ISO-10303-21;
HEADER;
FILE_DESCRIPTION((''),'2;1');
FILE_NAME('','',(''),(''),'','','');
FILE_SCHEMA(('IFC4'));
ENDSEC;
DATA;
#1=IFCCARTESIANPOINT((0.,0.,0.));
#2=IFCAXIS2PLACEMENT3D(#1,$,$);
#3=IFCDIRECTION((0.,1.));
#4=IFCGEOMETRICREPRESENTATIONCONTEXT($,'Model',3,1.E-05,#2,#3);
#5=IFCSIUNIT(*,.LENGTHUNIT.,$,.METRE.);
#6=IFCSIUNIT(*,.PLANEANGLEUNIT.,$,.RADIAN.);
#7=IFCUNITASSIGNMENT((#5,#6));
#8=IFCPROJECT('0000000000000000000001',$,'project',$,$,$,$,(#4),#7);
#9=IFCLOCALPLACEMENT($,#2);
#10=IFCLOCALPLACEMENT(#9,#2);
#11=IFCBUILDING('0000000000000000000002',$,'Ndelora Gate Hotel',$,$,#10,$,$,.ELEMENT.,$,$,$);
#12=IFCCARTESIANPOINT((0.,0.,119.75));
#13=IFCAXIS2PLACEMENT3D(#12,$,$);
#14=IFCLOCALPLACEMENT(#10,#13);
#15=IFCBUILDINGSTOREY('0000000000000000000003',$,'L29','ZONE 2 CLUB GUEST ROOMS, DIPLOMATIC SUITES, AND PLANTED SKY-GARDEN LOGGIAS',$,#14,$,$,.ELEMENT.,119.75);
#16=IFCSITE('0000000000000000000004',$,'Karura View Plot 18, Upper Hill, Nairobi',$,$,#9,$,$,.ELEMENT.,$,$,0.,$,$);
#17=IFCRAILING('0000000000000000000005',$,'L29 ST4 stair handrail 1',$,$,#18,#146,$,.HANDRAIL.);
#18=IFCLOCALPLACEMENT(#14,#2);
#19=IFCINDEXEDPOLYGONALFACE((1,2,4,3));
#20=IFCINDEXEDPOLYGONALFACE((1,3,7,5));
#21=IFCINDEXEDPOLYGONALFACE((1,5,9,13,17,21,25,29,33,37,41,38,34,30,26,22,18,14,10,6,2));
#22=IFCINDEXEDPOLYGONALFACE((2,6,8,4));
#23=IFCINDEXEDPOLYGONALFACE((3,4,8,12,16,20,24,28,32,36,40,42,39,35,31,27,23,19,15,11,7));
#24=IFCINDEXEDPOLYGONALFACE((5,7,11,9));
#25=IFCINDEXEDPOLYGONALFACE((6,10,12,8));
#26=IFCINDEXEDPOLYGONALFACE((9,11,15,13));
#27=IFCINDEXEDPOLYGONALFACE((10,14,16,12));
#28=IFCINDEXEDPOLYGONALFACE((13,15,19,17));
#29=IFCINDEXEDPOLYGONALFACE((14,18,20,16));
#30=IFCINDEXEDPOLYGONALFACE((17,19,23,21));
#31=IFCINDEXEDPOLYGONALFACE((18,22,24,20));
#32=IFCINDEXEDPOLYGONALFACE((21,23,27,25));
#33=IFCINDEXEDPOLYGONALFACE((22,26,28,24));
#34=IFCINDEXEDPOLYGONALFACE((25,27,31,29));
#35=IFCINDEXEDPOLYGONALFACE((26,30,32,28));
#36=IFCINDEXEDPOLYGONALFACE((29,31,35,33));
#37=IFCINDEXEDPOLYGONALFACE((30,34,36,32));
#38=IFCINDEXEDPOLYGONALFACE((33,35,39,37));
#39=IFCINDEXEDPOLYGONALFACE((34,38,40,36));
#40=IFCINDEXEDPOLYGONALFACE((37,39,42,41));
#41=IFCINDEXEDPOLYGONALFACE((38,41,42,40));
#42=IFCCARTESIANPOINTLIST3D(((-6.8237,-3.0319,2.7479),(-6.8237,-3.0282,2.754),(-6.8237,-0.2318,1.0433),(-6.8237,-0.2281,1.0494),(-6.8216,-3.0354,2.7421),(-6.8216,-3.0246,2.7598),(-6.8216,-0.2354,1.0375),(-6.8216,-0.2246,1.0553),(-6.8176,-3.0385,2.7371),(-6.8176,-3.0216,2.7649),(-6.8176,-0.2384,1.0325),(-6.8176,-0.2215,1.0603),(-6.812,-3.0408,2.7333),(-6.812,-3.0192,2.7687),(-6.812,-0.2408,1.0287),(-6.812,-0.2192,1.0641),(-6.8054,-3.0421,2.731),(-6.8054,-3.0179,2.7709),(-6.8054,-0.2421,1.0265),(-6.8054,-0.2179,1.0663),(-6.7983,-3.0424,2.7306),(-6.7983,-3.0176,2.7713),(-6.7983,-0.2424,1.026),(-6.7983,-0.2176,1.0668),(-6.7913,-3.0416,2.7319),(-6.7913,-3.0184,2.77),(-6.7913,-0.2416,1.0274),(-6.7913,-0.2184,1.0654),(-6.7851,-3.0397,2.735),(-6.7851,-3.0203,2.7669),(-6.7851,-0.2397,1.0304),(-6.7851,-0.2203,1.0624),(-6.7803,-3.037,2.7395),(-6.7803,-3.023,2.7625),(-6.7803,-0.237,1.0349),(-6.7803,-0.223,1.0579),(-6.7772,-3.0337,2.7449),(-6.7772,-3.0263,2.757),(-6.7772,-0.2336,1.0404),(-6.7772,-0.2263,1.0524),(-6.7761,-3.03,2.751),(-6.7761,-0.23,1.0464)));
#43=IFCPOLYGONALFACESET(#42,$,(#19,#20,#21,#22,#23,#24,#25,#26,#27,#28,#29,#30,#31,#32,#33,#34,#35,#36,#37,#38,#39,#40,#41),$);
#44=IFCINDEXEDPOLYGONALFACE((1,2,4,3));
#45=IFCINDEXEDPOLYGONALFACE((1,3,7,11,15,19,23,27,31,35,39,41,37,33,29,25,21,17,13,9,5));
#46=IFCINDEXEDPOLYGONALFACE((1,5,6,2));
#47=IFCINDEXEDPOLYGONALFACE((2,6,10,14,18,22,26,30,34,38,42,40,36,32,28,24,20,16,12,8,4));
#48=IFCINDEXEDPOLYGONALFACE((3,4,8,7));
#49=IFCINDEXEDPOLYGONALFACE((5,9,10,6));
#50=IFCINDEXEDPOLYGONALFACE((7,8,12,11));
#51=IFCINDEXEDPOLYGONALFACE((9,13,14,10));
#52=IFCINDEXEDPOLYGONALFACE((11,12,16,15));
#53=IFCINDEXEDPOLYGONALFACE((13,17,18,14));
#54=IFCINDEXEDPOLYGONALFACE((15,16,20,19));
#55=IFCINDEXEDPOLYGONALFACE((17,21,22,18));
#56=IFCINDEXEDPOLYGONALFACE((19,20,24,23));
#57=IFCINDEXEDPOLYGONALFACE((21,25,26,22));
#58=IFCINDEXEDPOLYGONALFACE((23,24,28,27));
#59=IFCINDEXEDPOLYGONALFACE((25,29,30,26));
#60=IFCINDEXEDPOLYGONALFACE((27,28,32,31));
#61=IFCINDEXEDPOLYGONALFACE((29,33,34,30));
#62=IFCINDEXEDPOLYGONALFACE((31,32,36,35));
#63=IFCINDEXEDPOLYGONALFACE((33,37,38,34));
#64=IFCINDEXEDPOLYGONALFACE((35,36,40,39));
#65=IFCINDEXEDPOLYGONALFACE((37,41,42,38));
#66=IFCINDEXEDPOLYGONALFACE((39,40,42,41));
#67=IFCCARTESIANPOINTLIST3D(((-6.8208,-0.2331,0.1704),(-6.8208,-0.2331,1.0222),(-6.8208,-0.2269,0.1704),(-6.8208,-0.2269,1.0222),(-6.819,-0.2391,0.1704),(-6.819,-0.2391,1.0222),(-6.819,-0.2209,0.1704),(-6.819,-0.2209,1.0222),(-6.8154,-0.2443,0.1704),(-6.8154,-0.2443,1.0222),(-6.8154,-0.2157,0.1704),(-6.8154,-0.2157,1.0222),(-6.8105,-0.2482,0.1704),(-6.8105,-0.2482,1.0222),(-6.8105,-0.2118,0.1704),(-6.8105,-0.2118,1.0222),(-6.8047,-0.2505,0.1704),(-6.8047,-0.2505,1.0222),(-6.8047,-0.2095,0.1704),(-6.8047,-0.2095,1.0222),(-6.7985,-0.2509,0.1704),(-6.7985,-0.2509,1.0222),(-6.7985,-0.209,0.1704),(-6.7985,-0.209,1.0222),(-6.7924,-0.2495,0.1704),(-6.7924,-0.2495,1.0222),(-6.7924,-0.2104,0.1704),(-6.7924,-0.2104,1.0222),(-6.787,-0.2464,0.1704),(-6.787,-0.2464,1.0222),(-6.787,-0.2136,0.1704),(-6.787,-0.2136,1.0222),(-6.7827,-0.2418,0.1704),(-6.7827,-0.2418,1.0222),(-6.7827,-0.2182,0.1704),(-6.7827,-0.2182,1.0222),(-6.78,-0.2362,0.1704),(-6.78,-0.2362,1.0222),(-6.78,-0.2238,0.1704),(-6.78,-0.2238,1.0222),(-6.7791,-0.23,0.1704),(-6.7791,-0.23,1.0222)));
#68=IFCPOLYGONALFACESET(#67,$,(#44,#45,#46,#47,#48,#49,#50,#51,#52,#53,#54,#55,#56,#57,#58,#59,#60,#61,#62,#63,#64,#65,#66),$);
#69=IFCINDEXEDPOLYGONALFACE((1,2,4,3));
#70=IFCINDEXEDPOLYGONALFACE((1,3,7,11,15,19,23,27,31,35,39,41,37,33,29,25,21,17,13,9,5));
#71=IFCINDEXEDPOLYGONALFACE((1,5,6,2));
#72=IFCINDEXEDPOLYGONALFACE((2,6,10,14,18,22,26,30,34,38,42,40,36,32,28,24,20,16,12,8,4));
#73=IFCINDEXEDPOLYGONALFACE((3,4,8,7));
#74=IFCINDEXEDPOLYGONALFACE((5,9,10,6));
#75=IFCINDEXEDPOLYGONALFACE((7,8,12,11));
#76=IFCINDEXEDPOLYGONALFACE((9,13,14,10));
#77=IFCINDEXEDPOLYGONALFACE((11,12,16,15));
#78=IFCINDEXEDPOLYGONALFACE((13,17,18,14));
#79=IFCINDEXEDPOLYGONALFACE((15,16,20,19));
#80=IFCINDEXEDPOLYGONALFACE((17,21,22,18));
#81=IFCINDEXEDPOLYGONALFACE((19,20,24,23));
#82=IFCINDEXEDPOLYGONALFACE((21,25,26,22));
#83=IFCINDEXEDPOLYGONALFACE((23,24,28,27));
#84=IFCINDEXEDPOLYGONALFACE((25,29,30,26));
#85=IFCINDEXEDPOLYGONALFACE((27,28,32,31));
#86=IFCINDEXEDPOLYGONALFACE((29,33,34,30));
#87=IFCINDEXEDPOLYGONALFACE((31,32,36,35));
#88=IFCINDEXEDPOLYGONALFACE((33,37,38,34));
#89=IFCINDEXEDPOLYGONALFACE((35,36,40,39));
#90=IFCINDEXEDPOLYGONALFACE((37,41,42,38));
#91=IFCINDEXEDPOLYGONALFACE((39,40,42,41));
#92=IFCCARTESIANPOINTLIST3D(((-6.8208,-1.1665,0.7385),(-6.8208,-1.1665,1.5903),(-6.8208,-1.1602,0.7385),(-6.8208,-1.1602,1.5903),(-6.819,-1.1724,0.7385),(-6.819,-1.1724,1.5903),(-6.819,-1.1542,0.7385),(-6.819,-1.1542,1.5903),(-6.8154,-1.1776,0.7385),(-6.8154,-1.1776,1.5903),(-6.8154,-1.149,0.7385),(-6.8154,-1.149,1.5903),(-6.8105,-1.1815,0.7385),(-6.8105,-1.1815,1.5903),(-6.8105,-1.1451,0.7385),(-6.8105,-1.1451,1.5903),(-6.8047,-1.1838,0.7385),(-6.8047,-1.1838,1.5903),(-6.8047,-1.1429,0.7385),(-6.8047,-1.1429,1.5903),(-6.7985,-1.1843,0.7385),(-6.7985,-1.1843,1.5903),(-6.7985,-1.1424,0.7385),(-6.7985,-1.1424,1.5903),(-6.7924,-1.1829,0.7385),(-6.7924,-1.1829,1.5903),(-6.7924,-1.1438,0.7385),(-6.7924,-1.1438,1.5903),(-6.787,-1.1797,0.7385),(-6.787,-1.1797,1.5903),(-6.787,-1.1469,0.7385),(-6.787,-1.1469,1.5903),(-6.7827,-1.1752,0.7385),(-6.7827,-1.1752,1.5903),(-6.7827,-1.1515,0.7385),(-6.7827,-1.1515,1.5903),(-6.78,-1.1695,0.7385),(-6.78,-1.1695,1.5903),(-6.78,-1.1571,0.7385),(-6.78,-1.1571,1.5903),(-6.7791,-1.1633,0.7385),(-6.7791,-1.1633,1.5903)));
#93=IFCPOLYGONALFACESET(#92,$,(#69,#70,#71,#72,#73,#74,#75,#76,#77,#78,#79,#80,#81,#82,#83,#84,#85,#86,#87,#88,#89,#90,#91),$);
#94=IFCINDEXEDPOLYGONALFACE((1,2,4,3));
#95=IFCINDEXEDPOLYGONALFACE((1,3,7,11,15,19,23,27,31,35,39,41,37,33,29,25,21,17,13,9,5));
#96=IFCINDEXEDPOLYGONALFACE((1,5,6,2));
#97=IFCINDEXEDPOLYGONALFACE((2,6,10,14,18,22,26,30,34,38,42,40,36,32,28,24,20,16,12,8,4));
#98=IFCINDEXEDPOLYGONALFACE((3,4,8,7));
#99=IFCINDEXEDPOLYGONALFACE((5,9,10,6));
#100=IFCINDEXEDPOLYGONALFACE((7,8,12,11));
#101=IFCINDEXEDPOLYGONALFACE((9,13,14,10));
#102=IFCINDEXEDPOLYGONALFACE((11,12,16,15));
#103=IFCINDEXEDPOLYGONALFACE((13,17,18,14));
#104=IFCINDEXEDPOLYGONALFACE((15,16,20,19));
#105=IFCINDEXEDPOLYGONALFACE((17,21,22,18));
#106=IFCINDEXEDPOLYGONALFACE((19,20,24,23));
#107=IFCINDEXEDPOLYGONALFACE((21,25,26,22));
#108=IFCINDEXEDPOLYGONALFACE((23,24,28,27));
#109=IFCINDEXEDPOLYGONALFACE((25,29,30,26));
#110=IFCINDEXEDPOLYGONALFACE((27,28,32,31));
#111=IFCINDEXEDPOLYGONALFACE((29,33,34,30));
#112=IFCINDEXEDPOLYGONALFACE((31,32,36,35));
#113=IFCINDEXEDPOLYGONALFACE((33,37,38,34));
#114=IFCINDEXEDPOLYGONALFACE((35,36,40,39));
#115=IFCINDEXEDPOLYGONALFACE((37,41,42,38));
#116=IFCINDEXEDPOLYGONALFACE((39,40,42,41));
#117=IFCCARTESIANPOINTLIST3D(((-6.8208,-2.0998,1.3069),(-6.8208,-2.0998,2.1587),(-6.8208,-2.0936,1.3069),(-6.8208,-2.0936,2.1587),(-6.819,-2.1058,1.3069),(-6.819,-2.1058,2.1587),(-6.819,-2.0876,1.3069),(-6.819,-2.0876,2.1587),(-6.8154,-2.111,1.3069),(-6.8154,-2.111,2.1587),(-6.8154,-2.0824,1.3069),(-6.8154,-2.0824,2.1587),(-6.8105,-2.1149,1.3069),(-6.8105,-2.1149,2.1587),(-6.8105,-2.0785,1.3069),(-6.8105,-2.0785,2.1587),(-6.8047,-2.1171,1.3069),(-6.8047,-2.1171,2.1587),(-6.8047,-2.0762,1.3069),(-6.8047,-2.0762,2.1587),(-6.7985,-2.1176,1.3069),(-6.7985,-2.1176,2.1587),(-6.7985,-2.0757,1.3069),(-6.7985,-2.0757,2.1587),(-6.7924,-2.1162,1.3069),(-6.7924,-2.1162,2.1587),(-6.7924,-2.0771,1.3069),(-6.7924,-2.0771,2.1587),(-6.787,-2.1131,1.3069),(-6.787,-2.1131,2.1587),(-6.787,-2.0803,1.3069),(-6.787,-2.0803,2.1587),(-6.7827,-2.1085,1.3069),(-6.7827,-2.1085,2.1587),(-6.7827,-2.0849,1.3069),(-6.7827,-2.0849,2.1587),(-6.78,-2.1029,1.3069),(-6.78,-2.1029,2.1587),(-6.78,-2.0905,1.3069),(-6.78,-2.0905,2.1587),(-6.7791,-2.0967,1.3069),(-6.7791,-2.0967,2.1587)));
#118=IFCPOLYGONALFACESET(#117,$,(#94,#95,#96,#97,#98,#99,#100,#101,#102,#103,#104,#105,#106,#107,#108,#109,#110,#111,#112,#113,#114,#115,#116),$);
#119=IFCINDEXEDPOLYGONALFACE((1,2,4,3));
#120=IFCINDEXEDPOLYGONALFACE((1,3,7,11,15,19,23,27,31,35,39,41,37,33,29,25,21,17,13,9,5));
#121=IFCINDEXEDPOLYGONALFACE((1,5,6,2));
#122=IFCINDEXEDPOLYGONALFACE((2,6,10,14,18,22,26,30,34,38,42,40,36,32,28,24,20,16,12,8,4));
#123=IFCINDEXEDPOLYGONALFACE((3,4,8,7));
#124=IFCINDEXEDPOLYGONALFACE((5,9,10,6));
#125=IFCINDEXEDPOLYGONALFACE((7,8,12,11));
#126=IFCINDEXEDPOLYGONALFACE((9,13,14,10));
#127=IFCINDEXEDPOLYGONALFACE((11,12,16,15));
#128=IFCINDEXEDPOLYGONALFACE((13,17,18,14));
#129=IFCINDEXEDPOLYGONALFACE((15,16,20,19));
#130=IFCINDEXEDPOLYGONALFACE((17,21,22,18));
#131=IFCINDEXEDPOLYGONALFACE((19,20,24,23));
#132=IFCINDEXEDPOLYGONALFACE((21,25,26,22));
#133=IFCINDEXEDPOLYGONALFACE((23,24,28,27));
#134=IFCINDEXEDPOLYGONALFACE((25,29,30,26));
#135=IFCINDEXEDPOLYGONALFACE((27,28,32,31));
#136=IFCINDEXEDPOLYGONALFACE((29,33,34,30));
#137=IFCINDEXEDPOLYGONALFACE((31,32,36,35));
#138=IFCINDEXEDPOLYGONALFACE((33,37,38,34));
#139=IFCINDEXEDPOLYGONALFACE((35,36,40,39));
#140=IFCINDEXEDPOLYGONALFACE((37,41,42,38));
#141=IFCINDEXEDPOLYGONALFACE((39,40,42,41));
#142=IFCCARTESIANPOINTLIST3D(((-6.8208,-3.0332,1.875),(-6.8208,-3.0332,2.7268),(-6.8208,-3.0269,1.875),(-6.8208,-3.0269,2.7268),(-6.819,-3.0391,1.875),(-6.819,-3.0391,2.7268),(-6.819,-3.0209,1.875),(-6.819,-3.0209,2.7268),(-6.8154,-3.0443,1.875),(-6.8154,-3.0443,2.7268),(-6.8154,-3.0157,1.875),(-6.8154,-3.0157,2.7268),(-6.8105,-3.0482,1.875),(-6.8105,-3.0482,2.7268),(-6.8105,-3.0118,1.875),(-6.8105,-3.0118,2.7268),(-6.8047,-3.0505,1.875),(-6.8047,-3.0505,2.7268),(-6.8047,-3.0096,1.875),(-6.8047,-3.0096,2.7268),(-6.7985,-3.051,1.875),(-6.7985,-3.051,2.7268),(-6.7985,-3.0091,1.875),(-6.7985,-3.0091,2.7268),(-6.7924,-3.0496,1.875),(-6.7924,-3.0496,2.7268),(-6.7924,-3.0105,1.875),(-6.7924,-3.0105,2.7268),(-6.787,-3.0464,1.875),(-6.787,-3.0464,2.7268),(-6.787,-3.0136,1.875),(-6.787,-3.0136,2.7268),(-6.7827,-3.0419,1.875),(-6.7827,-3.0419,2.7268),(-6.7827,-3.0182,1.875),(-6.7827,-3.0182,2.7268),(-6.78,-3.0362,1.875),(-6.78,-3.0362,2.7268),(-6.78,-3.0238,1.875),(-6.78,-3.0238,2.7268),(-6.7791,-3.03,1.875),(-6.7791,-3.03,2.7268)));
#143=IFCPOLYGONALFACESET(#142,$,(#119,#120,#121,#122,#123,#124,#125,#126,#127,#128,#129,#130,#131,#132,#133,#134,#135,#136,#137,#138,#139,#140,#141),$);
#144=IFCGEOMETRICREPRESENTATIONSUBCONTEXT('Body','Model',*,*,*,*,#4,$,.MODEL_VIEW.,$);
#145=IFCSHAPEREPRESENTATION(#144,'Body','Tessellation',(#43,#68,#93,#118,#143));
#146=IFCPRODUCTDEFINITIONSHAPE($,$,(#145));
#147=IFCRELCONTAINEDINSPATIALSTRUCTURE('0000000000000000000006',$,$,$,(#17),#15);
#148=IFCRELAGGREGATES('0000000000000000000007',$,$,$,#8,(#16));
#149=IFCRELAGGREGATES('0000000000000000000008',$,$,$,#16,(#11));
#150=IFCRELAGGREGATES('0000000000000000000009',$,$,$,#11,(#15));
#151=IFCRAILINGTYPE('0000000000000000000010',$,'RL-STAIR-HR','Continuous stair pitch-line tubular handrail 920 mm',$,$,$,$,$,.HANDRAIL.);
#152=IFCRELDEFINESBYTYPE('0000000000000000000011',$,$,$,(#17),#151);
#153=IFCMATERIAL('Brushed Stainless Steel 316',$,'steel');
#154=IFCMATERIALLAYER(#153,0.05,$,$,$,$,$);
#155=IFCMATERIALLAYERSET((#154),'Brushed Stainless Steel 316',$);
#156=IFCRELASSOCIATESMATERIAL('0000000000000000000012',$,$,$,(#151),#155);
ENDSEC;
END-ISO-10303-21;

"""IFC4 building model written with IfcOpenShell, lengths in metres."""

from ifc_helpers import new_model, si_unit, direction, frame, origin, origin_2d, place, context, subcontext, project, spatial, circle, extrude, material, layer, layer_set, type_object, element, save


model = new_model("IFC4")

# Units and contexts
model_context = context("Model", 3, precision=1e-05, world=origin(), true_north=direction((0.0, 1.0)))
body_context = subcontext(model_context, "Body", "Model", "MODEL_VIEW")
ifc_project = project(units=[si_unit("LENGTHUNIT", "METRE"), si_unit("PLANEANGLEUNIT", "RADIAN")], contexts=[model_context])

# Site, building, storey
site_placement = place(None, origin())
site = spatial("IfcSite", under=ifc_project, at=site_placement, Name="Karura View Plot 18, Upper Hill, Nairobi", CompositionType="ELEMENT", RefElevation=0.0)
building_placement = place(site_placement, origin())
building = spatial("IfcBuilding", under=site, at=building_placement, Name="Ndelora Gate Hotel", CompositionType="ELEMENT")
storey_placement = place(building_placement, frame((0.0, 0.0, 119.75)))
storey = spatial("IfcBuildingStorey", under=building, at=storey_placement, Name="L29", Description="ZONE 2 CLUB GUEST ROOMS, DIPLOMATIC SUITES, AND PLANTED SKY-GARDEN LOGGIAS", CompositionType="ELEMENT", Elevation=119.75)

# Railing
ifc_material_1 = material(Name="Brushed Stainless Steel 316", Category="steel")
ifc_layer_1 = layer(ifc_material_1, 0.05)
ifc_layer_set_1 = layer_set([ifc_layer_1], Name="Brushed Stainless Steel 316")
railing_type_1 = type_object("IfcRailingType", Name="RL-STAIR-HR", Description="Continuous stair pitch-line tubular handrail 920 mm", PredefinedType="HANDRAIL", material=ifc_layer_set_1)
railing_1_placement = place(storey_placement, frame((-6.8, -0.23, 0.1704)))
element("IfcRailing", 1, at=railing_1_placement, inside=storey, type_object=railing_type_1, Name="L29 ST4 stair handrail 1", PredefinedType="HANDRAIL", context=body_context, shape_type="SweptSolid", body=[
    extrude(circle(Radius=0.0239, at=origin_2d()), frame((0.0, 0.0, 0.876), z_axis=(0.0, -0.85417, 0.519994), x_axis=(1.0, 0.0, 0.0)), (0.0, 0.0, 1.0), 3.2781),
    extrude(circle(Radius=0.021, at=origin_2d()), origin(), (0.0, 0.0, 1.0), 0.8518),
    extrude(circle(Radius=0.021, at=origin_2d()), frame((0.0, -0.9333, 0.5681)), (0.0, 0.0, 1.0), 0.8518),
    extrude(circle(Radius=0.021, at=origin_2d()), frame((0.0, -1.8667, 1.1365)), (0.0, 0.0, 1.0), 0.8518),
    extrude(circle(Radius=0.021, at=origin_2d()), frame((0.0, -2.8, 1.7046)), (0.0, 0.0, 1.0), 0.8518),
])

save(model, "model.ifc")
